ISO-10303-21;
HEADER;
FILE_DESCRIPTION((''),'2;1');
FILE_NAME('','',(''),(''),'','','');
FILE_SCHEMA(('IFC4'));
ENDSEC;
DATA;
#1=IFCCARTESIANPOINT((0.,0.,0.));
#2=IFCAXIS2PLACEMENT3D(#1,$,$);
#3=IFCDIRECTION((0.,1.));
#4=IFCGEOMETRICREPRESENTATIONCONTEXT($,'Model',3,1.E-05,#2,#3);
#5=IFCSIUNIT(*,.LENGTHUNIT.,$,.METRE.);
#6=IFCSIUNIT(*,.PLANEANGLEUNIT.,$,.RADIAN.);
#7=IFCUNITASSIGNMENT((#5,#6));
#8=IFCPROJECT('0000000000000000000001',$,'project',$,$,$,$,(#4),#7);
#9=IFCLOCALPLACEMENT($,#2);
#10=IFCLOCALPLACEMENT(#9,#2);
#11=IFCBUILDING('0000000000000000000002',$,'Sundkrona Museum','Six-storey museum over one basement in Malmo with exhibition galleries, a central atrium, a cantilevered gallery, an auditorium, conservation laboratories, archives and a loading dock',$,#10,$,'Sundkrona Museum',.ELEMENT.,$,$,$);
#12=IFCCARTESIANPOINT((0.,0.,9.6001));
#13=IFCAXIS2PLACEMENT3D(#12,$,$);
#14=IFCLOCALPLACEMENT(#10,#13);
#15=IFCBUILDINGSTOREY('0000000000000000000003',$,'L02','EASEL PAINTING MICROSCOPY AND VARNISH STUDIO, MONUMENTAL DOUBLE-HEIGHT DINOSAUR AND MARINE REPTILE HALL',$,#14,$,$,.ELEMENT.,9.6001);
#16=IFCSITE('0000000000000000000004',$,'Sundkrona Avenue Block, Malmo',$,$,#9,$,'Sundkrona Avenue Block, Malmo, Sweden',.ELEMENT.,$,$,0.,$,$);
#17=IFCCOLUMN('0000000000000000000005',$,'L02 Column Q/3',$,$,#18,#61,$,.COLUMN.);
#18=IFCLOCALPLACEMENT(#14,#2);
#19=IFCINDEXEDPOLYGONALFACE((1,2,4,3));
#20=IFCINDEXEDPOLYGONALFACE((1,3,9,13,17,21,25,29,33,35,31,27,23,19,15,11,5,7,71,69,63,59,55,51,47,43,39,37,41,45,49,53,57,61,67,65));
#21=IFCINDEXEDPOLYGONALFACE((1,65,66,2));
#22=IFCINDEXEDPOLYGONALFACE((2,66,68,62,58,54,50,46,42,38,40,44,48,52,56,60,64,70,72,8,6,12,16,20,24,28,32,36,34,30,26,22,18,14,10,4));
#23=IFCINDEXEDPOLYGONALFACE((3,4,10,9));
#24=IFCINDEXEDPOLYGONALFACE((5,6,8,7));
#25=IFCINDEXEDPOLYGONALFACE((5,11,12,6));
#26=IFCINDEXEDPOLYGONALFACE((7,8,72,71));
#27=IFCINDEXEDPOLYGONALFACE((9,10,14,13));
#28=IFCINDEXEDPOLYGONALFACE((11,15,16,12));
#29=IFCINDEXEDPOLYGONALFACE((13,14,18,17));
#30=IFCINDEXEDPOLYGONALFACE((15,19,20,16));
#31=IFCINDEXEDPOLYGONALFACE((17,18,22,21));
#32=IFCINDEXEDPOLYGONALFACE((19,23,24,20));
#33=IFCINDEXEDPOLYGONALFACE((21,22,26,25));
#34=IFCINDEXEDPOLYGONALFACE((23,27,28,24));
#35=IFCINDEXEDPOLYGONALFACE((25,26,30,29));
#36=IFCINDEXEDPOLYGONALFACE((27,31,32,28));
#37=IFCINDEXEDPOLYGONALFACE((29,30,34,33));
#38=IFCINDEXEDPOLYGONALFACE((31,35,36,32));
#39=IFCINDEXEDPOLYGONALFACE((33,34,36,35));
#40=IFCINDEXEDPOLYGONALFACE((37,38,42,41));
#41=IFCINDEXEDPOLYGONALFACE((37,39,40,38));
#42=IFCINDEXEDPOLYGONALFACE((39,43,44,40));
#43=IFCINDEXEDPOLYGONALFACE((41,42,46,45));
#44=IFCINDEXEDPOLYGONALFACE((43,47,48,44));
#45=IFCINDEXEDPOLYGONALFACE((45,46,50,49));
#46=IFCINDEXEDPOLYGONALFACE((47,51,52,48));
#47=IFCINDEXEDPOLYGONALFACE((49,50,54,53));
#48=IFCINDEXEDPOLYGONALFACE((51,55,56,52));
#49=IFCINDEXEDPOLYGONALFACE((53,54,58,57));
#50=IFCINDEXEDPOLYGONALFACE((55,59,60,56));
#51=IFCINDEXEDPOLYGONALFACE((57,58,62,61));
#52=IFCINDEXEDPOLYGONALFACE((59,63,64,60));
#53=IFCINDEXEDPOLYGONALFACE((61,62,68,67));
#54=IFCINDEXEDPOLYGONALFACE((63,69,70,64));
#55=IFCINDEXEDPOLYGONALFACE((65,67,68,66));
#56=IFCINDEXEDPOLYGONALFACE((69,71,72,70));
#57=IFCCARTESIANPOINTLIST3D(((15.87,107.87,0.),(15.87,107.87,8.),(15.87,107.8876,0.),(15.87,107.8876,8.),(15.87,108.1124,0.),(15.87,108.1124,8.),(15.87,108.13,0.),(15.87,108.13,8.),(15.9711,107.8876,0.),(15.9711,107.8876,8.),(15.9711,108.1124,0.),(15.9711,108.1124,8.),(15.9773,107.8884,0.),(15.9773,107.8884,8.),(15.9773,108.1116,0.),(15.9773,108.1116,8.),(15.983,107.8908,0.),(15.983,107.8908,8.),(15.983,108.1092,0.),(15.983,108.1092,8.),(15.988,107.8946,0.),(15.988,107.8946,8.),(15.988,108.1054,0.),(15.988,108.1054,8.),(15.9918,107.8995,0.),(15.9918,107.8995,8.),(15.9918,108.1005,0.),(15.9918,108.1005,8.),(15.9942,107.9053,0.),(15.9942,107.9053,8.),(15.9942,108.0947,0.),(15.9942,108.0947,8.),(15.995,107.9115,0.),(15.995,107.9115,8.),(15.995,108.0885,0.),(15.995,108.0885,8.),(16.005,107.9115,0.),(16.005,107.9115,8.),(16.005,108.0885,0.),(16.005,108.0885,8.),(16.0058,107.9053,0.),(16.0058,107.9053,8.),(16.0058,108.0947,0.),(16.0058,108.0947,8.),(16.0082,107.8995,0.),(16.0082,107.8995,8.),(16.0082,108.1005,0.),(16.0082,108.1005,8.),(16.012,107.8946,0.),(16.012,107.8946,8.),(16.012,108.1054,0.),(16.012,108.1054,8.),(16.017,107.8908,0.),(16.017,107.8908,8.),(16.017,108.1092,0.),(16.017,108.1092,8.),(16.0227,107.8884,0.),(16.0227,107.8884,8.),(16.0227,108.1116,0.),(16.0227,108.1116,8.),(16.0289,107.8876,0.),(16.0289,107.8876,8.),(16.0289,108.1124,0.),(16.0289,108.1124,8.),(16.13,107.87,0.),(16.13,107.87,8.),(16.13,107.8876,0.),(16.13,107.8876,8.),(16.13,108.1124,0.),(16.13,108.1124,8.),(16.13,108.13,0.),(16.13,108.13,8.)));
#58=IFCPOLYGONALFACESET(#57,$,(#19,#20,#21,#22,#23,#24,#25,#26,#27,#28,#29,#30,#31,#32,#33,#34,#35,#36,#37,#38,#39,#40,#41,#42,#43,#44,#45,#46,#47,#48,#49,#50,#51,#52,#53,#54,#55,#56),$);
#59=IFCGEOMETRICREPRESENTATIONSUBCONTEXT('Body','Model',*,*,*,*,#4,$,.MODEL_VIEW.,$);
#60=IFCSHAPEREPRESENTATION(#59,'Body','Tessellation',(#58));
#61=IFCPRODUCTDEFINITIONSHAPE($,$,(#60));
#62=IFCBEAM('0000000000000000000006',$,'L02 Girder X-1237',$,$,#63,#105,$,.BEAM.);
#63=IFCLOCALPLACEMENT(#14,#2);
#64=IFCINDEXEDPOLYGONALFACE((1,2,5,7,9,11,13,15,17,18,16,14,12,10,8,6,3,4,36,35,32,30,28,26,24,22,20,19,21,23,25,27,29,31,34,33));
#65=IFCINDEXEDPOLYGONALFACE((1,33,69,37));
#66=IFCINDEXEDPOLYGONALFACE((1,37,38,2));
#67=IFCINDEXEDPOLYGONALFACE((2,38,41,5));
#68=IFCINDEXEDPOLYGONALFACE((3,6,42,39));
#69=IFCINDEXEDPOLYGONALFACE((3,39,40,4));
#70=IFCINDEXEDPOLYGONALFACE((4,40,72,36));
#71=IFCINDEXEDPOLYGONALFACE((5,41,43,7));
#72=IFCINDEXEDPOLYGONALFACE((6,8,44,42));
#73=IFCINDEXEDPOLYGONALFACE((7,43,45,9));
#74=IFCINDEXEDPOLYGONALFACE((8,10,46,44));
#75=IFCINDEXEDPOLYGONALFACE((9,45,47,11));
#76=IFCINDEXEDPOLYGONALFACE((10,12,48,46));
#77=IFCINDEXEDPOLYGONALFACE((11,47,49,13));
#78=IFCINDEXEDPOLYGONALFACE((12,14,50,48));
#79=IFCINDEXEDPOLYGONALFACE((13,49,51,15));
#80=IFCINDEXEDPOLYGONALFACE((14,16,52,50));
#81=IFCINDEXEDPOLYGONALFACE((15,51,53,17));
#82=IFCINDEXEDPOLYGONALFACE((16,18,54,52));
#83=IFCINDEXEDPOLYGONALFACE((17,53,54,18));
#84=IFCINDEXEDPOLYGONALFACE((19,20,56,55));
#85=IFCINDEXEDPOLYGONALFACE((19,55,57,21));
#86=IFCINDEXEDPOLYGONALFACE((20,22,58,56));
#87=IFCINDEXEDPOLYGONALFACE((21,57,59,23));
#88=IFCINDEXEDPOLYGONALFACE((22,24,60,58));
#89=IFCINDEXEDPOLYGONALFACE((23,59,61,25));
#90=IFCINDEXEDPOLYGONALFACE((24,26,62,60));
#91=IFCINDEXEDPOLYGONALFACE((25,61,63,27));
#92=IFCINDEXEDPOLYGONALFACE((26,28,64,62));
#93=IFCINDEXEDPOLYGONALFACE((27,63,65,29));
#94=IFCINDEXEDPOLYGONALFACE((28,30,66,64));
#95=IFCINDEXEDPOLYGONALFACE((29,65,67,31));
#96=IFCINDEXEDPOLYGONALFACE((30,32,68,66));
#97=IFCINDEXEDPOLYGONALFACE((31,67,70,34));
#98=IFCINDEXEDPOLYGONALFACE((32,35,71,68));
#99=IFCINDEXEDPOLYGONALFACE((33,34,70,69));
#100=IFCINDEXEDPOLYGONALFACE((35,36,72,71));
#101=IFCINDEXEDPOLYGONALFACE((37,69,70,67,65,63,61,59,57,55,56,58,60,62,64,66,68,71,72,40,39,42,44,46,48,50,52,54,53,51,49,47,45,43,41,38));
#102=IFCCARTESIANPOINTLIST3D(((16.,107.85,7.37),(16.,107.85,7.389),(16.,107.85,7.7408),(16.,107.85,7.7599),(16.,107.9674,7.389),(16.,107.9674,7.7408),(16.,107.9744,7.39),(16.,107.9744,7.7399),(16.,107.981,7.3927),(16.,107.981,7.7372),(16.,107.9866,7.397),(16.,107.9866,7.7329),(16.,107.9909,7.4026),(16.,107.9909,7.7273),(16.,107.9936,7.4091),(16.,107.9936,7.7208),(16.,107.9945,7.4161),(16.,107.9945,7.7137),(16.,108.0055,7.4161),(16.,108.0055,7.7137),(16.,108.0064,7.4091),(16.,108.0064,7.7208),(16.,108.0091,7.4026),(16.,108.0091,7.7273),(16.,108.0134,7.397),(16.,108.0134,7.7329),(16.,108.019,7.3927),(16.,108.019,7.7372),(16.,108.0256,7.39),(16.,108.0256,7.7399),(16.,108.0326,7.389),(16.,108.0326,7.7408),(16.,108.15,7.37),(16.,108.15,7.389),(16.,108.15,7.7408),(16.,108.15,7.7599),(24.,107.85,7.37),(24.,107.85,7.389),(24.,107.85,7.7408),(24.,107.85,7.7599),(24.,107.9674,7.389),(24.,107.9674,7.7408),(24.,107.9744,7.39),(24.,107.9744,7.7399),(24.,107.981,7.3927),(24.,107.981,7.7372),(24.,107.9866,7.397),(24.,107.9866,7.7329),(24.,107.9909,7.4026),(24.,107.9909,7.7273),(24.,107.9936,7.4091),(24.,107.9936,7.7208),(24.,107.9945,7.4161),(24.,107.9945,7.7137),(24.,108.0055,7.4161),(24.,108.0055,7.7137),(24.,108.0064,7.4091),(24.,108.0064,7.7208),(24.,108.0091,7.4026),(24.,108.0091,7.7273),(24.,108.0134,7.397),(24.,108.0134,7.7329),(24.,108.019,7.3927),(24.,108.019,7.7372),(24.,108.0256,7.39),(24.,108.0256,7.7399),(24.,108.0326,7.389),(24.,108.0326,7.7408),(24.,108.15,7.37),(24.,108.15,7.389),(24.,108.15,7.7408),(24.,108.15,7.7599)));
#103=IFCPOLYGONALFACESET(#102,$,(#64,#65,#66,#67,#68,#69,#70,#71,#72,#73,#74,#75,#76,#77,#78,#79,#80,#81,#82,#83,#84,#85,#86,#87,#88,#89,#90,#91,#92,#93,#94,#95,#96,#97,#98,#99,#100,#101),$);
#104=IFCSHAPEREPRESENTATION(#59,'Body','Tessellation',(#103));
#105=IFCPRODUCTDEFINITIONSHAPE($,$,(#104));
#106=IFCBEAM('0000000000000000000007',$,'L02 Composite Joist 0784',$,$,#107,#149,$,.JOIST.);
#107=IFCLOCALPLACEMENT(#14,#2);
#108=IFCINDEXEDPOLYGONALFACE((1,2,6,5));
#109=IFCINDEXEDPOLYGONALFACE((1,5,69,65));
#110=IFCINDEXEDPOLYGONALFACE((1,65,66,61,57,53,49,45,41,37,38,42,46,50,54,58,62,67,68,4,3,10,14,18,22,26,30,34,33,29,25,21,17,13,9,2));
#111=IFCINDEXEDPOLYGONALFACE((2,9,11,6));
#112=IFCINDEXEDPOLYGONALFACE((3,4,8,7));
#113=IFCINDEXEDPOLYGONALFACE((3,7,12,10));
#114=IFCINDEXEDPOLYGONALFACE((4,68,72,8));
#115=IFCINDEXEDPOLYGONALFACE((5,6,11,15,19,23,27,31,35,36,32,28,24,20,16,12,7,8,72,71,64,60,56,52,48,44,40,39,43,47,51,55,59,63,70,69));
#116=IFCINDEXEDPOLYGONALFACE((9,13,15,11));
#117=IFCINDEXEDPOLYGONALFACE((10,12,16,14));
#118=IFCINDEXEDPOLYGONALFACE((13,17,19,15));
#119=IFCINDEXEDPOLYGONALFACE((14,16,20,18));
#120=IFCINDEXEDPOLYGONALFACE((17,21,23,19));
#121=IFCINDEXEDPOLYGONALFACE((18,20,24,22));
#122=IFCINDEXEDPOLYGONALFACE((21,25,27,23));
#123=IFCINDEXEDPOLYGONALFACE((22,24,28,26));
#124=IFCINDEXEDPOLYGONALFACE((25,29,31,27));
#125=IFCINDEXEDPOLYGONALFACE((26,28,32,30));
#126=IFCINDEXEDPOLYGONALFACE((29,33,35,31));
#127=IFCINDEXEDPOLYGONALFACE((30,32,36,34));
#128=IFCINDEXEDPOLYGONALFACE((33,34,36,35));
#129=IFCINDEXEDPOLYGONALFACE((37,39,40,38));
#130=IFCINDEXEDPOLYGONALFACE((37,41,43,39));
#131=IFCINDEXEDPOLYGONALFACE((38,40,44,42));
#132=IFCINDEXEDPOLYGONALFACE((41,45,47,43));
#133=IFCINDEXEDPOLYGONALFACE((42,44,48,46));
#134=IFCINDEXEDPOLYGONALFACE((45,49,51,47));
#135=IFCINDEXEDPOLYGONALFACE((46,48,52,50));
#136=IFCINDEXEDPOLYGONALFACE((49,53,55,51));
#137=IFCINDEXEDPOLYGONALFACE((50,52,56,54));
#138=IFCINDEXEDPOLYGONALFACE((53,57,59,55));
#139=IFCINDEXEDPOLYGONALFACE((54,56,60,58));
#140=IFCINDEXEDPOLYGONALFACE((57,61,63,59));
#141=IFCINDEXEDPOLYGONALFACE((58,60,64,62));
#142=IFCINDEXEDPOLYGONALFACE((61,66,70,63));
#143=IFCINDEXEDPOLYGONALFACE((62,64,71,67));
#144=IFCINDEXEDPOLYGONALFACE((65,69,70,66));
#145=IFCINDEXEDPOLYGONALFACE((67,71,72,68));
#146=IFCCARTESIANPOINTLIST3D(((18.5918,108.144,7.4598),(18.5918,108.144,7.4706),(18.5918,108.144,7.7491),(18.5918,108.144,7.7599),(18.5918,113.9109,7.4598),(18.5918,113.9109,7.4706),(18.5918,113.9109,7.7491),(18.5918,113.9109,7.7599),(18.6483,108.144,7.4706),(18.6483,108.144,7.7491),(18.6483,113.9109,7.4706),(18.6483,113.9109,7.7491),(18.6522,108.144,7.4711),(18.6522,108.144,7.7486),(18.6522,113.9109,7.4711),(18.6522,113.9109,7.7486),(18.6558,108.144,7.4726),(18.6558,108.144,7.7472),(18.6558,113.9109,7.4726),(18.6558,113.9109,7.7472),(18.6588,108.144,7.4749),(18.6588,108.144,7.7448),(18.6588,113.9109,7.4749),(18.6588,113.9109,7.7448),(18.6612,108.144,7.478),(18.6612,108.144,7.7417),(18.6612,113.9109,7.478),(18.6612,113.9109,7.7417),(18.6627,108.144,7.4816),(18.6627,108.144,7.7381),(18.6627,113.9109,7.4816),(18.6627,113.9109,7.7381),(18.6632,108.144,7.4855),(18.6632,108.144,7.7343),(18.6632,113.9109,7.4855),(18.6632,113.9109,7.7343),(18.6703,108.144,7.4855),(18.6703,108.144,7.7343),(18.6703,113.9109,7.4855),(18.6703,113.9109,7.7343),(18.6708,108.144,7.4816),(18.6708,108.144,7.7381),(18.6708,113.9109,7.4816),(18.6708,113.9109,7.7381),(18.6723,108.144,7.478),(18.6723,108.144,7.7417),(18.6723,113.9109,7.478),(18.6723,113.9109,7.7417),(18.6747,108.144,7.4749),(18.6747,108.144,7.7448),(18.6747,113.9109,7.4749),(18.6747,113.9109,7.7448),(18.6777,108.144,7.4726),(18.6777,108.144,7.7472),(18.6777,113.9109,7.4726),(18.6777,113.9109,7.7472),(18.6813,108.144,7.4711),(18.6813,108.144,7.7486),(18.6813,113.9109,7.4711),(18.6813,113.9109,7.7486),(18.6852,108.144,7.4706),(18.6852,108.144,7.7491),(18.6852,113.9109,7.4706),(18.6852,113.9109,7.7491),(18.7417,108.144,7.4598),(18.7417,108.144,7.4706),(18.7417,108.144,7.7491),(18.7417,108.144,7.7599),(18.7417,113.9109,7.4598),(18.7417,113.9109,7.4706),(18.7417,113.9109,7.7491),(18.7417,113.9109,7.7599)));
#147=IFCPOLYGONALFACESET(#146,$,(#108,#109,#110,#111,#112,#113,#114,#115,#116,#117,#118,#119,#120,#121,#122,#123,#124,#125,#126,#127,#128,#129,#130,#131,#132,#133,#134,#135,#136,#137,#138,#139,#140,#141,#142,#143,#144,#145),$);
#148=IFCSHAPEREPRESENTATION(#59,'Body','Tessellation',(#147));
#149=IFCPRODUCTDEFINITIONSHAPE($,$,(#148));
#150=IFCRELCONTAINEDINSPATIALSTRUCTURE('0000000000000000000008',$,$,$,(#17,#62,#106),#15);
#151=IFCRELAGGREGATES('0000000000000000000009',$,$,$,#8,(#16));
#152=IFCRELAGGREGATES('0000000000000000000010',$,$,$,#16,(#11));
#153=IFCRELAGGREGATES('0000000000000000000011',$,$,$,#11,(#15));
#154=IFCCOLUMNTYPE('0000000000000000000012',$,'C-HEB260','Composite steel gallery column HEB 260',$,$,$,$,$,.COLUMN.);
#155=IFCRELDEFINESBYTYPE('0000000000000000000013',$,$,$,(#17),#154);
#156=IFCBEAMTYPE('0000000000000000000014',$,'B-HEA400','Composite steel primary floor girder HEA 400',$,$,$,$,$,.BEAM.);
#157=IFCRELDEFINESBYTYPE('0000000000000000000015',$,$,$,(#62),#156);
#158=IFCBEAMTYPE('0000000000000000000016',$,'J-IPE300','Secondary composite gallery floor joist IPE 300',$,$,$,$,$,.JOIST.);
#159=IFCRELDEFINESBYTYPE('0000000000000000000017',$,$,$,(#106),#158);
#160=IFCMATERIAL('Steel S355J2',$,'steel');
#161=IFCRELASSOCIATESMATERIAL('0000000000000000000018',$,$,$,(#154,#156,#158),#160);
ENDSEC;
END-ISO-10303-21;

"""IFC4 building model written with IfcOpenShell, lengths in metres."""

from ifc_helpers import new_model, si_unit, direction, frame, origin, origin_2d, place, context, subcontext, project, spatial, i_section, extrude, material, material_profile, profile_set, type_object, element, save


model = new_model("IFC4")

# Units and contexts
model_context = context("Model", 3, precision=1e-05, world=origin(), true_north=direction((0.0, 1.0)))
body_context = subcontext(model_context, "Body", "Model", "MODEL_VIEW")
ifc_project = project(units=[si_unit("LENGTHUNIT", "METRE"), si_unit("PLANEANGLEUNIT", "RADIAN")], contexts=[model_context])

# Site, building, storey
site_placement = place(None, origin())
site = spatial("IfcSite", under=ifc_project, at=site_placement, Name="Sundkrona Avenue Block, Malmo", LongName="Sundkrona Avenue Block, Malmo, Sweden", CompositionType="ELEMENT", RefElevation=0.0)
building_placement = place(site_placement, origin())
building = spatial("IfcBuilding", under=site, at=building_placement, Name="Sundkrona Museum", Description="Six-storey museum over one basement in Malmo with exhibition galleries, a central atrium, a cantilevered gallery, an auditorium, conservation laboratories, archives and a loading dock", LongName="Sundkrona Museum", CompositionType="ELEMENT")
storey_placement = place(building_placement, frame((0.0, 0.0, 9.6001)))
storey = spatial("IfcBuildingStorey", under=building, at=storey_placement, Name="L02", Description="EASEL PAINTING MICROSCOPY AND VARNISH STUDIO, MONUMENTAL DOUBLE-HEIGHT DINOSAUR AND MARINE REPTILE HALL", CompositionType="ELEMENT", Elevation=9.6001)

# Column
ifc_material_1 = material(Name="Steel S355J2", Category="steel")
ifc_material_profile_1 = material_profile(ifc_material_1, i_section(OverallWidth=0.26, OverallDepth=0.26, WebThickness=0.01, FlangeThickness=0.0176, FilletRadius=0.0239, at=origin_2d()), Name="HEB 260")
ifc_profile_set_1 = profile_set([ifc_material_profile_1], Name="Steel S355J2")
column_type = type_object("IfcColumnType", Name="C-HEB260", Description="Composite steel gallery column HEB 260", PredefinedType="COLUMN", material=ifc_profile_set_1)
column_placement = place(storey_placement, frame((16.0, 108.0, 0.0), z_axis=(0.0, 0.0, 1.0), x_axis=(1.0, 0.0, 0.0)))
element("IfcColumn", 1, at=column_placement, inside=storey, type_object=column_type, Name="L02 Column Q/3", PredefinedType="COLUMN", context=body_context, shape_type="SweptSolid", body=[
    extrude(i_section(OverallWidth=0.26, OverallDepth=0.26, WebThickness=0.01, FlangeThickness=0.0176, FilletRadius=0.0239, at=origin_2d()), origin(), (0.0, 0.0, 1.0), 8.0),
])

# Beams
ifc_material_profile_2 = material_profile(ifc_material_1, i_section(OverallWidth=0.3, OverallDepth=0.3899, WebThickness=0.011, FlangeThickness=0.019, FilletRadius=0.0271, at=origin_2d()), Name="HEA 400")
ifc_profile_set_2 = profile_set([ifc_material_profile_2], Name="Steel S355J2")
beam_type_1 = type_object("IfcBeamType", Name="B-HEA400", Description="Composite steel primary floor girder HEA 400", PredefinedType="BEAM", material=ifc_profile_set_2)
beam_1_placement = place(storey_placement, frame((16.0, 108.0, 7.5649), z_axis=(1.0, 0.0, 0.0), x_axis=(0.0, 1.0, 0.0)))
element("IfcBeam", 2, at=beam_1_placement, inside=storey, type_object=beam_type_1, Name="L02 Girder X-1237", PredefinedType="BEAM", context=body_context, shape_type="SweptSolid", body=[
    extrude(i_section(OverallWidth=0.3, OverallDepth=0.3899, WebThickness=0.011, FlangeThickness=0.019, FilletRadius=0.0271, at=origin_2d()), origin(), (0.0, 0.0, 1.0), 8.0),
])
ifc_material_profile_3 = material_profile(ifc_material_1, i_section(OverallWidth=0.1499, OverallDepth=0.3, WebThickness=0.0071, FlangeThickness=0.0107, FilletRadius=0.0149, at=origin_2d()), Name="IPE 300")
ifc_profile_set_3 = profile_set([ifc_material_profile_3], Name="Steel S355J2")
beam_type_2 = type_object("IfcBeamType", Name="J-IPE300", Description="Secondary composite gallery floor joist IPE 300", PredefinedType="JOIST", material=ifc_profile_set_3)
beam_2_placement = place(storey_placement, frame((18.6667, 108.144, 7.6099), z_axis=(0.0, 1.0, 0.0), x_axis=(-1.0, 0.0, 0.0)))
element("IfcBeam", 3, at=beam_2_placement, inside=storey, type_object=beam_type_2, Name="L02 Composite Joist 0784", PredefinedType="JOIST", context=body_context, shape_type="SweptSolid", body=[
    extrude(i_section(OverallWidth=0.1499, OverallDepth=0.3, WebThickness=0.0071, FlangeThickness=0.0107, FilletRadius=0.0149, at=origin_2d()), origin(), (0.0, 0.0, 1.0), 5.7668),
])

save(model, "model.ifc")
